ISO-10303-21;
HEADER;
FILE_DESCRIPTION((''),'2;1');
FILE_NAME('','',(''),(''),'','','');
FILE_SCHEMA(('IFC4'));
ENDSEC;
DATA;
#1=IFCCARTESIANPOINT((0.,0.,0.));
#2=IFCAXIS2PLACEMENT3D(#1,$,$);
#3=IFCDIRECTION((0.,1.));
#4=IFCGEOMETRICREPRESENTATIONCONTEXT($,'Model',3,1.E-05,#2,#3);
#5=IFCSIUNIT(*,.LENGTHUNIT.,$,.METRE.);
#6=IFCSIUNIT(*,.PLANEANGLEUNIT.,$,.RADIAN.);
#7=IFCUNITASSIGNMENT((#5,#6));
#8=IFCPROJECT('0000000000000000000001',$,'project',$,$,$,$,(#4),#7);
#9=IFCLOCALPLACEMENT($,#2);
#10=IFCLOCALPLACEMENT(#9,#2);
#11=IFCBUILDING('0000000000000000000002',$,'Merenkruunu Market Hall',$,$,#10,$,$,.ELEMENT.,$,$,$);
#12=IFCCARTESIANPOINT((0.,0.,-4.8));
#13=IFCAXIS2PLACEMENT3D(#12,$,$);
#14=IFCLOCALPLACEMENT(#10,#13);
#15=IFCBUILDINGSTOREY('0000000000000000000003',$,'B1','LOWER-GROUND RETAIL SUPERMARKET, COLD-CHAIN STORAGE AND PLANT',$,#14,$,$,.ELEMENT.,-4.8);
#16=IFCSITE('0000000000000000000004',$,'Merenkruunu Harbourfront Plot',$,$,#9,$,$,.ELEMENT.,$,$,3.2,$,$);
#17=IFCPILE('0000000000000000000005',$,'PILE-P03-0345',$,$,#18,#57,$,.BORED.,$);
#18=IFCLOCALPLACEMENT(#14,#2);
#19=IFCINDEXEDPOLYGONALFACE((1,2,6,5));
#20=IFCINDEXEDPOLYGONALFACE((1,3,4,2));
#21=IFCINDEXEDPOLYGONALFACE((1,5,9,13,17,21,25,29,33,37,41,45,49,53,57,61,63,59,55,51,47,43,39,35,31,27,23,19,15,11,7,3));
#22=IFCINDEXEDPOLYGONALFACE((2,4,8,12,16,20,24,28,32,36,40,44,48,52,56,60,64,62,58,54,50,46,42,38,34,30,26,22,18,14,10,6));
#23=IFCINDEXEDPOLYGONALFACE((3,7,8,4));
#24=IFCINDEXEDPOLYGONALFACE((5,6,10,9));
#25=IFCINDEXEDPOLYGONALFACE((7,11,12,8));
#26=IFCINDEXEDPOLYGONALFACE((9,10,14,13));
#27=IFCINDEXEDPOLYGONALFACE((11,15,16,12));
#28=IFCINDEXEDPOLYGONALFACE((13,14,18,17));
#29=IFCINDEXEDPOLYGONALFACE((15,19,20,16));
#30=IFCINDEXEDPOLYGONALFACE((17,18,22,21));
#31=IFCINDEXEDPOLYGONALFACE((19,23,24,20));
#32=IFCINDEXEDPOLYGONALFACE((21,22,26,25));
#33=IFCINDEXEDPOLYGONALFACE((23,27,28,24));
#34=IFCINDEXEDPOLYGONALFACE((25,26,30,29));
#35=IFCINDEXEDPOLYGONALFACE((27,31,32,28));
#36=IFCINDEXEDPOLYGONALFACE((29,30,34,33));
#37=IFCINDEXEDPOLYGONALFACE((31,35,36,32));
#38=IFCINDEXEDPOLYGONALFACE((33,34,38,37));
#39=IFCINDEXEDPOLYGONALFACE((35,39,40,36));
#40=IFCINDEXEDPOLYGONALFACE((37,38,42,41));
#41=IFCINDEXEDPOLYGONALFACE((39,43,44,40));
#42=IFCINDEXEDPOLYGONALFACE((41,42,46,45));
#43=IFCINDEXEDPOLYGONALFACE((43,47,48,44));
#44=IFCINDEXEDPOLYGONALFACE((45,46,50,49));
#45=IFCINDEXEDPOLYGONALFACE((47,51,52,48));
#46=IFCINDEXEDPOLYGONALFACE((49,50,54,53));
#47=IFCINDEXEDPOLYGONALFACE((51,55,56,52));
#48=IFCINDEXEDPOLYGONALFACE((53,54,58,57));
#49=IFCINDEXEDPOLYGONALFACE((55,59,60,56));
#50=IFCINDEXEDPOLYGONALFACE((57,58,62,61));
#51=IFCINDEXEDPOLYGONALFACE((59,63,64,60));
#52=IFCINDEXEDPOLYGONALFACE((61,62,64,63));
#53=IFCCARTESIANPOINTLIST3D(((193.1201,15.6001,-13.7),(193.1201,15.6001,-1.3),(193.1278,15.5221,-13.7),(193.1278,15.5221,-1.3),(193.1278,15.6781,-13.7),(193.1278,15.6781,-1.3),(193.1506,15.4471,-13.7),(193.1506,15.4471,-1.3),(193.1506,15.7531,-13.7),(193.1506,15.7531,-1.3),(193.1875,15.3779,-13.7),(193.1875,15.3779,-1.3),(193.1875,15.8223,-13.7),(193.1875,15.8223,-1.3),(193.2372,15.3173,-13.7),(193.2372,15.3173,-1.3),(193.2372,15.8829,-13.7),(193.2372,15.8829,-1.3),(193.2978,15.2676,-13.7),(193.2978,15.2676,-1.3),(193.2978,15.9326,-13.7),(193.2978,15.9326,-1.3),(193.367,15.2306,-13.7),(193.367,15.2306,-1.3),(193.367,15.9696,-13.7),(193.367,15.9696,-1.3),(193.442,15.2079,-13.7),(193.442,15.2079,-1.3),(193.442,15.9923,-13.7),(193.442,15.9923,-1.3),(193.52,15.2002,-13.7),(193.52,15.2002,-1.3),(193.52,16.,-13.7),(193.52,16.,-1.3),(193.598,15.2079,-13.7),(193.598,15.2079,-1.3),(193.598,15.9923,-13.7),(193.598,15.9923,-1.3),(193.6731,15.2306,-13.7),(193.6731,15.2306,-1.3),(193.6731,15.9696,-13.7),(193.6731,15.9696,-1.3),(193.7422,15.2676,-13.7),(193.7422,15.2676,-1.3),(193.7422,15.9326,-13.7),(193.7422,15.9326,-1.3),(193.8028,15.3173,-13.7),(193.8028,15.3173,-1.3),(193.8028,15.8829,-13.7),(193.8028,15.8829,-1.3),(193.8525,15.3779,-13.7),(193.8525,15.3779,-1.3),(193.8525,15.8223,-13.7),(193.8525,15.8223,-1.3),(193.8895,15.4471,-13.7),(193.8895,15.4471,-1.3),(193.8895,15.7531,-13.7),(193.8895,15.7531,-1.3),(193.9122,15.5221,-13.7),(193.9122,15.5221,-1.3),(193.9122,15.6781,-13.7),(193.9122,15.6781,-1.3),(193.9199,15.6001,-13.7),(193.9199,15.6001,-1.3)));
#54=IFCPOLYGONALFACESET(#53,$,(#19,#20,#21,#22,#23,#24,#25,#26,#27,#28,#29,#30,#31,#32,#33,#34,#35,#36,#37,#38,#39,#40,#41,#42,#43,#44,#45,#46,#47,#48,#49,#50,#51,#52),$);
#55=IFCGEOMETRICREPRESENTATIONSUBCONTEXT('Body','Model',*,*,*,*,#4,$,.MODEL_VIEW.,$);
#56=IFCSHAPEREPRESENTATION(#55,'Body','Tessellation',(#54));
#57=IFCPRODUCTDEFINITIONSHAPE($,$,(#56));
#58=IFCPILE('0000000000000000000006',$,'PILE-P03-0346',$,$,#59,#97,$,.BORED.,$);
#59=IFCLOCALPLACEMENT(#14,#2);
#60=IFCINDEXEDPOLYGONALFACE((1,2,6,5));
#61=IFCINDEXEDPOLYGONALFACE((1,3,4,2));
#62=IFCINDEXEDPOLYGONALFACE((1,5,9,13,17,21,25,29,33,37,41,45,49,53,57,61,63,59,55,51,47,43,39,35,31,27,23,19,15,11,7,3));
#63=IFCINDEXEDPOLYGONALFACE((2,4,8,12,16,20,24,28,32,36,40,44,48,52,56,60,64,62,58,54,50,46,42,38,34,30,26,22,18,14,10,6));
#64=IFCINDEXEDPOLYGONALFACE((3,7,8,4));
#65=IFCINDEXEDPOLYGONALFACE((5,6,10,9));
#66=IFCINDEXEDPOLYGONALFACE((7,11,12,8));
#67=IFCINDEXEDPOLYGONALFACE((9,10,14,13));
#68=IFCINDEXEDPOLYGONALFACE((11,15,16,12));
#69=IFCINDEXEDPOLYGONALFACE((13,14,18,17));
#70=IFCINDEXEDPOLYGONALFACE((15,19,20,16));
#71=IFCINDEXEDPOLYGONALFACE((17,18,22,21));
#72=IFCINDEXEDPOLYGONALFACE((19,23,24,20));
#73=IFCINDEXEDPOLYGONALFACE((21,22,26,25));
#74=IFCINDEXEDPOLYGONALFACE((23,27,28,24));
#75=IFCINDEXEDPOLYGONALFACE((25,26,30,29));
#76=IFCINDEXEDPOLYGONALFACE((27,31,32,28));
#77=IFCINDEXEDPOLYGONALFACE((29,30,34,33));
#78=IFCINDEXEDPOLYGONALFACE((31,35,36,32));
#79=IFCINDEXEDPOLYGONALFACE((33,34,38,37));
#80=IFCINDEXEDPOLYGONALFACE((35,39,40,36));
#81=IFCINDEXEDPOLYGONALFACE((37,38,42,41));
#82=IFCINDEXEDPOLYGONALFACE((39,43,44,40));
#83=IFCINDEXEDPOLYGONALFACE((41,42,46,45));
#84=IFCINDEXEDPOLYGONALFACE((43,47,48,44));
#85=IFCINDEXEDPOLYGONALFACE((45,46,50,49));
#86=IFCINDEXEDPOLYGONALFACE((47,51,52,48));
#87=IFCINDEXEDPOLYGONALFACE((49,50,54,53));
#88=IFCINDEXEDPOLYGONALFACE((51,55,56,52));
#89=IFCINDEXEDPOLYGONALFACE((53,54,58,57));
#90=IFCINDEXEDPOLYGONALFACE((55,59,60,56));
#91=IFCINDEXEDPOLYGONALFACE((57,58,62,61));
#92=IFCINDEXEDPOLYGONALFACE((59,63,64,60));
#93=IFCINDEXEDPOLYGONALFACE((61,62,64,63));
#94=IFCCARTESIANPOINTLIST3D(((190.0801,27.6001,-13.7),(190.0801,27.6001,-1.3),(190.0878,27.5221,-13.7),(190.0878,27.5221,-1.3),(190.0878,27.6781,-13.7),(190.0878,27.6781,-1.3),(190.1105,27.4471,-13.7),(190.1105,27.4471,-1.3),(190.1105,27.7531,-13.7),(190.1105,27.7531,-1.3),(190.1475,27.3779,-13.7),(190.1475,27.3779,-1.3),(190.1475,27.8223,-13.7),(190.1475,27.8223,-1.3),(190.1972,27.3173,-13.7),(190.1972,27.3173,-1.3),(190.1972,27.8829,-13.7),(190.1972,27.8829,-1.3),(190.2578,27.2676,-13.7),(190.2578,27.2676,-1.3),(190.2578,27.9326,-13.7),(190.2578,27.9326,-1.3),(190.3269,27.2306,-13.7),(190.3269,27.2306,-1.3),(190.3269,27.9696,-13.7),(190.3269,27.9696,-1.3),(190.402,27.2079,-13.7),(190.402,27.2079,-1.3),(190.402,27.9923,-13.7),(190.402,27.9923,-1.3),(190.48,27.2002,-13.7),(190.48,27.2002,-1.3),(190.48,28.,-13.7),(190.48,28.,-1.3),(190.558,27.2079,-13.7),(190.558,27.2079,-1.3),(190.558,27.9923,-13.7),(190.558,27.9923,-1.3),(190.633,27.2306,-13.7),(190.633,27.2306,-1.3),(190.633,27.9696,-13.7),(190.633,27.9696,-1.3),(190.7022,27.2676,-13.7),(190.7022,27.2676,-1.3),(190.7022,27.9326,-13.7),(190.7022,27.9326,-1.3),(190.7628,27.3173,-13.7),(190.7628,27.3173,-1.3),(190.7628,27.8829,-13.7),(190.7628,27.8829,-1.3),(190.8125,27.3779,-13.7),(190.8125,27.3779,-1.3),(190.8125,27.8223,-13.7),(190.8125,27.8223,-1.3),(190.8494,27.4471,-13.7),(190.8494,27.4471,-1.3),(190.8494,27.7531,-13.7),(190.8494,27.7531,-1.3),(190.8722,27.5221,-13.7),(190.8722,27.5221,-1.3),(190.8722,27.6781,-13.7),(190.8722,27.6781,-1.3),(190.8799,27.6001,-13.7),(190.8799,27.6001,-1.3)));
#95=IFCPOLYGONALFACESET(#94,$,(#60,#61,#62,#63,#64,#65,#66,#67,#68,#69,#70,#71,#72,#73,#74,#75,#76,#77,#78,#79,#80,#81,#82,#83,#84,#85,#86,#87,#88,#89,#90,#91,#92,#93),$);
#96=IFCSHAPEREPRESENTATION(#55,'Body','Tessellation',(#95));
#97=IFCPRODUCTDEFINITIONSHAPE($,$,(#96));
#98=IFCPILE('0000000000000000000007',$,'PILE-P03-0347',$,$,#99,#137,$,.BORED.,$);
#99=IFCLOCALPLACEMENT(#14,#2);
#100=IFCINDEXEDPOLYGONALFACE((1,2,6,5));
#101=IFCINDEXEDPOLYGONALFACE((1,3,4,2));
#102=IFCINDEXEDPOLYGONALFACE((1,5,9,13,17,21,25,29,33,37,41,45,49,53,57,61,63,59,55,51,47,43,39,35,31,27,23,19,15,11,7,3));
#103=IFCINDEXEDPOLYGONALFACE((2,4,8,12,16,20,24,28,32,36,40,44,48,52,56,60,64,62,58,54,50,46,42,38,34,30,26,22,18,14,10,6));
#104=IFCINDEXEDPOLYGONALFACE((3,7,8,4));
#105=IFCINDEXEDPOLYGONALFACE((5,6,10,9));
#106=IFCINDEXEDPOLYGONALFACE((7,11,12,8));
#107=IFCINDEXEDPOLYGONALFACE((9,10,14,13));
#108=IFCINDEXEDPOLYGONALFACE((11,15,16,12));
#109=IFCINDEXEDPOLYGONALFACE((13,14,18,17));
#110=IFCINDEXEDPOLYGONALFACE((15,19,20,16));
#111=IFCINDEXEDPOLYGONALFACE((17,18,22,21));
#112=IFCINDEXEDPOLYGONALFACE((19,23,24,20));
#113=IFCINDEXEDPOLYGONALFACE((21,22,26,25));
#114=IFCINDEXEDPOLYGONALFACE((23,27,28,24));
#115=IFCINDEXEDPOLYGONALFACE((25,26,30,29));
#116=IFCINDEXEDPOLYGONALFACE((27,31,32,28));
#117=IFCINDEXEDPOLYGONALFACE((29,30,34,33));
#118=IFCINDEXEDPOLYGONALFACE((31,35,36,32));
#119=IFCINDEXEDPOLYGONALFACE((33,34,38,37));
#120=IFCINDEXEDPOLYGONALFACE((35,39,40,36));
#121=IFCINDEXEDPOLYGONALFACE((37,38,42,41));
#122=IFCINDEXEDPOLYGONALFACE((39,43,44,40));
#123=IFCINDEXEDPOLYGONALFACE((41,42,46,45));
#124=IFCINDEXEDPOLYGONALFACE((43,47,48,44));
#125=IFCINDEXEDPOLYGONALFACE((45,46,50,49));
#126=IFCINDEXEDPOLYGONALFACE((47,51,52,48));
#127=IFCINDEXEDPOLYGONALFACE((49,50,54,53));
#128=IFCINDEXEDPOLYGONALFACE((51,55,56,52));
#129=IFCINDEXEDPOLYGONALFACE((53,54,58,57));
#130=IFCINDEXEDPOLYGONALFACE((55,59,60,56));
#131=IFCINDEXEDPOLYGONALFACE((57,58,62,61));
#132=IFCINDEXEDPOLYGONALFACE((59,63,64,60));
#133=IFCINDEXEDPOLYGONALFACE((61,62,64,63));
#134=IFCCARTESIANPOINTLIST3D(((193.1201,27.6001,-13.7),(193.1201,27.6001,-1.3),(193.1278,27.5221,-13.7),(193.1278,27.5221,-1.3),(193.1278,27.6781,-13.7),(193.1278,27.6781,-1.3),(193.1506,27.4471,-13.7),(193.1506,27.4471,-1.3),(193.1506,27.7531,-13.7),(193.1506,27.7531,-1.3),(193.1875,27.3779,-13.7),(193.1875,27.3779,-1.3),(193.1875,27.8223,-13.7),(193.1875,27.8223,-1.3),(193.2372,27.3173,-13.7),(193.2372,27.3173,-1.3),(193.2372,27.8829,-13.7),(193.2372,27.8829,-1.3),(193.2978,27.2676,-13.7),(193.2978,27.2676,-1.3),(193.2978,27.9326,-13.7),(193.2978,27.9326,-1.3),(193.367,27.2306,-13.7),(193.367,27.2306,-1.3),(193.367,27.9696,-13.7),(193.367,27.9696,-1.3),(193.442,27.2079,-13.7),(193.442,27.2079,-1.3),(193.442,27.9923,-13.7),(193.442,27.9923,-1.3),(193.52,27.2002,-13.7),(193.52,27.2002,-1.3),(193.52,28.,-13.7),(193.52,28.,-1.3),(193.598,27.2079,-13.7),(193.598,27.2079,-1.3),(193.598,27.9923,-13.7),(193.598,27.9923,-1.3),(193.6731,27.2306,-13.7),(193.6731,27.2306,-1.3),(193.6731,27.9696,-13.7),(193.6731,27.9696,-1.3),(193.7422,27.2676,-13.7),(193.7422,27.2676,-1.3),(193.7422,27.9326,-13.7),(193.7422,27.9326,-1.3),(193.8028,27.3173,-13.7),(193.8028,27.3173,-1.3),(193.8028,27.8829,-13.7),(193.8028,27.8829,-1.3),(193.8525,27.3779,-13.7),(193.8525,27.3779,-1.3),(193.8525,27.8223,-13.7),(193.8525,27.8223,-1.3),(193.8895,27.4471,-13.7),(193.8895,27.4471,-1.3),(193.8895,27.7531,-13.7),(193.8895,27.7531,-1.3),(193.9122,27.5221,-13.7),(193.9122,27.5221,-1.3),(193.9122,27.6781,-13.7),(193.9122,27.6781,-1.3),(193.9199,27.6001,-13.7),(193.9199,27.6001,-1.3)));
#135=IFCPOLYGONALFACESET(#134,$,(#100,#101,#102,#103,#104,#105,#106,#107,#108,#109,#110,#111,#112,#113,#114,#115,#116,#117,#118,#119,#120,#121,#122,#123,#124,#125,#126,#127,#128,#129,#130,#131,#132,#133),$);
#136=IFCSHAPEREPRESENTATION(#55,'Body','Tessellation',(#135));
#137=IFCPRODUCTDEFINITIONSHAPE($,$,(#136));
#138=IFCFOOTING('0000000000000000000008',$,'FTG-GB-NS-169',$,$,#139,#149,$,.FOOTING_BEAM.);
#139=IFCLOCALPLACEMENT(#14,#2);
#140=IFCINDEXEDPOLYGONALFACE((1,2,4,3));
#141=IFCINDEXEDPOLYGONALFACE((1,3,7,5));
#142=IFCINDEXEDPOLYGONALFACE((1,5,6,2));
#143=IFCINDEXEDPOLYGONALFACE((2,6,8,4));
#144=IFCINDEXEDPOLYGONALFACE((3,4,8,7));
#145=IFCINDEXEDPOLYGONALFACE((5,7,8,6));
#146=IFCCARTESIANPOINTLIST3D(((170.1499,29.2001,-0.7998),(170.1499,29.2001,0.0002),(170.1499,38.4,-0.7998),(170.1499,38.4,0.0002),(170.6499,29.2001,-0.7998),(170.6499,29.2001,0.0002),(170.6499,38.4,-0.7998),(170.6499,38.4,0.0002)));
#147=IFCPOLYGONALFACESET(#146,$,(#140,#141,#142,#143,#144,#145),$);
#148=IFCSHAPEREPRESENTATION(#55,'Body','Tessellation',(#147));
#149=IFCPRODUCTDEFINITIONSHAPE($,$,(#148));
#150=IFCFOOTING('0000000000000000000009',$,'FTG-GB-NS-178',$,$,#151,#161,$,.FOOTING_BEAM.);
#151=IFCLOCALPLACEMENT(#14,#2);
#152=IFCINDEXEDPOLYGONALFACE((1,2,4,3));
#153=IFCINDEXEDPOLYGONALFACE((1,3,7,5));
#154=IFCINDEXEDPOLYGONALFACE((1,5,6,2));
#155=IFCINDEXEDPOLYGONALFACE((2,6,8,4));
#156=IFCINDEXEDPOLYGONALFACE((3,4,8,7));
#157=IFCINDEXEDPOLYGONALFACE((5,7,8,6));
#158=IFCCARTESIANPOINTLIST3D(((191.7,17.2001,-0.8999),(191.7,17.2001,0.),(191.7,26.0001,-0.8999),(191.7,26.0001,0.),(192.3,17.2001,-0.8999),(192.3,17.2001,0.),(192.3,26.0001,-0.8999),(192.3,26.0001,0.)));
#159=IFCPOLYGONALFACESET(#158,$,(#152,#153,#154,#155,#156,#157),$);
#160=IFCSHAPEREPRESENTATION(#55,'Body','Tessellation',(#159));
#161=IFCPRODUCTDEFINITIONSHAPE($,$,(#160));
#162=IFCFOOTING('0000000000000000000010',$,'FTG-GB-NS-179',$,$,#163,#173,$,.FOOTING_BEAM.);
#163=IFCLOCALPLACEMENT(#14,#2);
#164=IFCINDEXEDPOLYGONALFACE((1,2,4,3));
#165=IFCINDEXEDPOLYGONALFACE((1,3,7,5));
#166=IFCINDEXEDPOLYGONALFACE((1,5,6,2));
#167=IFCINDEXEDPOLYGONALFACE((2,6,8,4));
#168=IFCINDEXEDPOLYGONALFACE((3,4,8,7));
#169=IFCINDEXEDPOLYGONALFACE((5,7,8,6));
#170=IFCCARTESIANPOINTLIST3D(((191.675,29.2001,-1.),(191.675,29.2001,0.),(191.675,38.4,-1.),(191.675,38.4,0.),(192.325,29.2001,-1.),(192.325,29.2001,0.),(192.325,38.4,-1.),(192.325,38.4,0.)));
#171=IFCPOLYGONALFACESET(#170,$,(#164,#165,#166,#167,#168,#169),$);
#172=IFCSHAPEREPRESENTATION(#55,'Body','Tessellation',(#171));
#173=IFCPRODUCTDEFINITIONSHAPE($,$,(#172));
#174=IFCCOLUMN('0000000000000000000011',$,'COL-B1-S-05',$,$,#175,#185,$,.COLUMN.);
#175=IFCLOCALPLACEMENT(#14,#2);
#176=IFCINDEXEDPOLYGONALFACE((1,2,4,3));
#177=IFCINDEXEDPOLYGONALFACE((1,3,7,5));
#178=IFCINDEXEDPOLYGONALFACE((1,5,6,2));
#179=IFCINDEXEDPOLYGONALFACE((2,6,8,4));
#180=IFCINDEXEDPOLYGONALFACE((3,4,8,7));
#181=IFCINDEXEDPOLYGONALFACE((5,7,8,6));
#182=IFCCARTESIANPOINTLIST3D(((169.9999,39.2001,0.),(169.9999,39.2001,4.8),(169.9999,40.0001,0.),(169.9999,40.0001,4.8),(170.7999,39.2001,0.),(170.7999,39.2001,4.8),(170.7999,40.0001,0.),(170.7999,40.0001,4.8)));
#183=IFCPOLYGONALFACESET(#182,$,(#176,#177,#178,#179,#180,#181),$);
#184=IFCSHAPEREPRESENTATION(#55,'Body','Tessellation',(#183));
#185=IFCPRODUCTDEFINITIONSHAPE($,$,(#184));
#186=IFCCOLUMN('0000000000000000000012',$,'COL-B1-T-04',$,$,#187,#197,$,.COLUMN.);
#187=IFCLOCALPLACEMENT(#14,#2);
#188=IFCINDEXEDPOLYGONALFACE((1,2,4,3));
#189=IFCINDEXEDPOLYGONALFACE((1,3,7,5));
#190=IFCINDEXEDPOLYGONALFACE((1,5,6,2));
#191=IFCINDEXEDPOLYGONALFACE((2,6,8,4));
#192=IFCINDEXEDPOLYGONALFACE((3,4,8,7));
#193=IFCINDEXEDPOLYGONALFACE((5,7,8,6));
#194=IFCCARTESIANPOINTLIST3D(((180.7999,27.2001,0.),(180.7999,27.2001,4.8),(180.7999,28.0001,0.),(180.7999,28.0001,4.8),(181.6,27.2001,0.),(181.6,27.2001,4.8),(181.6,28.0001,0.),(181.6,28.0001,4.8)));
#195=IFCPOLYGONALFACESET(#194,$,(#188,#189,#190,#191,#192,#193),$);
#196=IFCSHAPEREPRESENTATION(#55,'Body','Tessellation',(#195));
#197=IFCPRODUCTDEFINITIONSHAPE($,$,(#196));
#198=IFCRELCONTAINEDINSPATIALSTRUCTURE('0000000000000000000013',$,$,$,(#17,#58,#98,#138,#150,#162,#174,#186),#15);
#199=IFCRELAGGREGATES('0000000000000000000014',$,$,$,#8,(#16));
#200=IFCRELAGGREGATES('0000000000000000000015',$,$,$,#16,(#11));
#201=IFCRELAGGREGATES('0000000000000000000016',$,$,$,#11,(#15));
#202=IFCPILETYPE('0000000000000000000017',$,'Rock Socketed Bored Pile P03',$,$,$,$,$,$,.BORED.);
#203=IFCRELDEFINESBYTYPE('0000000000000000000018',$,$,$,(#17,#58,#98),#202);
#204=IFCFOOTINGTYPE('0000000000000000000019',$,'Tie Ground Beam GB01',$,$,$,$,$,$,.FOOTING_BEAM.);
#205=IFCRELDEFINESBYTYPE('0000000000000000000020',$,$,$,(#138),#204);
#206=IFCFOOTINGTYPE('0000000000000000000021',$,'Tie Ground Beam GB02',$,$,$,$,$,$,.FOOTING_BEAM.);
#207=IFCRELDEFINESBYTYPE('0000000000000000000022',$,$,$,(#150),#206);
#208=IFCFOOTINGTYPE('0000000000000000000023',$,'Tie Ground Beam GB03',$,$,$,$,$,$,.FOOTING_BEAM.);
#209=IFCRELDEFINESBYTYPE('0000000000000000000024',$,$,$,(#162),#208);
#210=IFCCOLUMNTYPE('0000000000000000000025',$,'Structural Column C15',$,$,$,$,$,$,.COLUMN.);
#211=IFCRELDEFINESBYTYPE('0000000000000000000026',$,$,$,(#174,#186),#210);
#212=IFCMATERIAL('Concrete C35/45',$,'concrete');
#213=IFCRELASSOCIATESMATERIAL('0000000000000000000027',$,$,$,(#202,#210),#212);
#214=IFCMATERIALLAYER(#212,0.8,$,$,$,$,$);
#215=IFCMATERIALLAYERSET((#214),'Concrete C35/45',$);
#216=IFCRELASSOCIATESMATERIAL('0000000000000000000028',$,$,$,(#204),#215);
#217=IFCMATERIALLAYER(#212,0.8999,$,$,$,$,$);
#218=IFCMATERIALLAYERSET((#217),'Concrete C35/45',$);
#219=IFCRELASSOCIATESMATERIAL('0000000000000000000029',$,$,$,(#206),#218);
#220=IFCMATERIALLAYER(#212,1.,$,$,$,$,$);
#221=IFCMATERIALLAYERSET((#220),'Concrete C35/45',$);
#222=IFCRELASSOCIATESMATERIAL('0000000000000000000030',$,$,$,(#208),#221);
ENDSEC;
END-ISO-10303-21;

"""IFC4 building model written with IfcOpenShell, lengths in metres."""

from ifc_helpers import new_model, si_unit, direction, frame, origin, origin_2d, place, context, subcontext, project, spatial, rectangle, circle, extrude, material, layer, layer_set, material_profile, profile_set, type_object, element, save


model = new_model("IFC4")

# Units and contexts
model_context = context("Model", 3, precision=1e-05, world=origin(), true_north=direction((0.0, 1.0)))
body_context = subcontext(model_context, "Body", "Model", "MODEL_VIEW")
ifc_project = project(units=[si_unit("LENGTHUNIT", "METRE"), si_unit("PLANEANGLEUNIT", "RADIAN")], contexts=[model_context])

# Site, building, storey
site_placement = place(None, origin())
site = spatial("IfcSite", under=ifc_project, at=site_placement, Name="Merenkruunu Harbourfront Plot", CompositionType="ELEMENT", RefElevation=3.2)
building_placement = place(site_placement, origin())
building = spatial("IfcBuilding", under=site, at=building_placement, Name="Merenkruunu Market Hall", CompositionType="ELEMENT")
storey_placement = place(building_placement, frame((0.0, 0.0, -4.8)))
storey = spatial("IfcBuildingStorey", under=building, at=storey_placement, Name="B1", Description="LOWER-GROUND RETAIL SUPERMARKET, COLD-CHAIN STORAGE AND PLANT", CompositionType="ELEMENT", Elevation=-4.8)

# Shared definitions
ifc_material = material(Name="Concrete C35/45", Category="concrete")

# Piles
ifc_material_profile_1 = material_profile(ifc_material, circle(Radius=0.3999, at=origin_2d()), Name="BORED PILE 800")
ifc_profile_set_1 = profile_set([ifc_material_profile_1], Name="Concrete C35/45")
pile_type_1 = type_object("IfcPileType", Name="Rock Socketed Bored Pile P03", PredefinedType="BORED", material=ifc_profile_set_1)
for number, where, z_axis, x_axis, name in (
    (1, (193.52, 15.6001, -1.3), (0.0, 0.0, -1.0), (1.0, 0.0, 0.0), "PILE-P03-0345"),
    (2, (190.48, 27.6001, -1.3), (0.0, 0.0, -1.0), (1.0, 0.0, 0.0), "PILE-P03-0346"),
    (3, (193.52, 27.6001, -1.3), (0.0, 0.0, -1.0), (1.0, 0.0, 0.0), "PILE-P03-0347"),
):
    element("IfcPile", number, at=place(storey_placement, frame(where, z_axis=z_axis, x_axis=x_axis)), inside=storey, type_object=pile_type_1, Name=name, PredefinedType="BORED", context=body_context, shape_type="SweptSolid", body=[
        extrude(circle(Radius=0.3999, at=origin_2d()), origin(), (0.0, 0.0, 1.0), 12.3999),
    ])

# Footings
ifc_layer_1 = layer(ifc_material, 0.8)
ifc_layer_set_1 = layer_set([ifc_layer_1], Name="Concrete C35/45")
footing_type_1 = type_object("IfcFootingType", Name="Tie Ground Beam GB01", PredefinedType="FOOTING_BEAM", material=ifc_layer_set_1)
footing_1_placement = place(storey_placement, frame((170.3999, 33.8, -0.7998), z_axis=(0.0, 0.0, 1.0), x_axis=(0.0, 1.0, 0.0)))
element("IfcFooting", 4, at=footing_1_placement, inside=storey, type_object=footing_type_1, Name="FTG-GB-NS-169", PredefinedType="FOOTING_BEAM", context=body_context, shape_type="SweptSolid", body=[
    extrude(rectangle(XDim=9.2, YDim=0.5, at=origin_2d()), origin(), (0.0, 0.0, 1.0), 0.8),
])
ifc_layer_2 = layer(ifc_material, 0.8999)
ifc_layer_set_2 = layer_set([ifc_layer_2], Name="Concrete C35/45")
footing_type_2 = type_object("IfcFootingType", Name="Tie Ground Beam GB02", PredefinedType="FOOTING_BEAM", material=ifc_layer_set_2)
footing_2_placement = place(storey_placement, frame((192.0, 21.6001, -0.8999), z_axis=(0.0, 0.0, 1.0), x_axis=(0.0, 1.0, 0.0)))
element("IfcFooting", 5, at=footing_2_placement, inside=storey, type_object=footing_type_2, Name="FTG-GB-NS-178", PredefinedType="FOOTING_BEAM", context=body_context, shape_type="SweptSolid", body=[
    extrude(rectangle(XDim=8.8, YDim=0.6001, at=origin_2d()), origin(), (0.0, 0.0, 1.0), 0.8999),
])
ifc_layer_3 = layer(ifc_material, 1.0)
ifc_layer_set_3 = layer_set([ifc_layer_3], Name="Concrete C35/45")
footing_type_3 = type_object("IfcFootingType", Name="Tie Ground Beam GB03", PredefinedType="FOOTING_BEAM", material=ifc_layer_set_3)
footing_3_placement = place(storey_placement, frame((192.0, 33.8, -1.0), z_axis=(0.0, 0.0, 1.0), x_axis=(0.0, 1.0, 0.0)))
element("IfcFooting", 6, at=footing_3_placement, inside=storey, type_object=footing_type_3, Name="FTG-GB-NS-179", PredefinedType="FOOTING_BEAM", context=body_context, shape_type="SweptSolid", body=[
    extrude(rectangle(XDim=9.2, YDim=0.6499, at=origin_2d()), origin(), (0.0, 0.0, 1.0), 1.0),
])

# Columns
ifc_material_profile_2 = material_profile(ifc_material, rectangle(XDim=0.8, YDim=0.8, at=origin_2d()), Name="RC 800x800")
ifc_profile_set_2 = profile_set([ifc_material_profile_2], Name="Concrete C35/45")
column_type = type_object("IfcColumnType", Name="Structural Column C15", PredefinedType="COLUMN", material=ifc_profile_set_2)
for number, where, z_axis, x_axis, name in (
    (7, (170.3999, 39.6001, 0.0), (0.0, 0.0, 1.0), (1.0, 0.0, 0.0), "COL-B1-S-05"),
    (8, (181.2, 27.6001, 0.0), (0.0, 0.0, 1.0), (1.0, 0.0, 0.0), "COL-B1-T-04"),
):
    element("IfcColumn", number, at=place(storey_placement, frame(where, z_axis=z_axis, x_axis=x_axis)), inside=storey, type_object=column_type, Name=name, PredefinedType="COLUMN", context=body_context, shape_type="SweptSolid", body=[
        extrude(rectangle(XDim=0.8, YDim=0.8, at=origin_2d()), origin(), (0.0, 0.0, 1.0), 4.8),
    ])

save(model, "model.ifc")
